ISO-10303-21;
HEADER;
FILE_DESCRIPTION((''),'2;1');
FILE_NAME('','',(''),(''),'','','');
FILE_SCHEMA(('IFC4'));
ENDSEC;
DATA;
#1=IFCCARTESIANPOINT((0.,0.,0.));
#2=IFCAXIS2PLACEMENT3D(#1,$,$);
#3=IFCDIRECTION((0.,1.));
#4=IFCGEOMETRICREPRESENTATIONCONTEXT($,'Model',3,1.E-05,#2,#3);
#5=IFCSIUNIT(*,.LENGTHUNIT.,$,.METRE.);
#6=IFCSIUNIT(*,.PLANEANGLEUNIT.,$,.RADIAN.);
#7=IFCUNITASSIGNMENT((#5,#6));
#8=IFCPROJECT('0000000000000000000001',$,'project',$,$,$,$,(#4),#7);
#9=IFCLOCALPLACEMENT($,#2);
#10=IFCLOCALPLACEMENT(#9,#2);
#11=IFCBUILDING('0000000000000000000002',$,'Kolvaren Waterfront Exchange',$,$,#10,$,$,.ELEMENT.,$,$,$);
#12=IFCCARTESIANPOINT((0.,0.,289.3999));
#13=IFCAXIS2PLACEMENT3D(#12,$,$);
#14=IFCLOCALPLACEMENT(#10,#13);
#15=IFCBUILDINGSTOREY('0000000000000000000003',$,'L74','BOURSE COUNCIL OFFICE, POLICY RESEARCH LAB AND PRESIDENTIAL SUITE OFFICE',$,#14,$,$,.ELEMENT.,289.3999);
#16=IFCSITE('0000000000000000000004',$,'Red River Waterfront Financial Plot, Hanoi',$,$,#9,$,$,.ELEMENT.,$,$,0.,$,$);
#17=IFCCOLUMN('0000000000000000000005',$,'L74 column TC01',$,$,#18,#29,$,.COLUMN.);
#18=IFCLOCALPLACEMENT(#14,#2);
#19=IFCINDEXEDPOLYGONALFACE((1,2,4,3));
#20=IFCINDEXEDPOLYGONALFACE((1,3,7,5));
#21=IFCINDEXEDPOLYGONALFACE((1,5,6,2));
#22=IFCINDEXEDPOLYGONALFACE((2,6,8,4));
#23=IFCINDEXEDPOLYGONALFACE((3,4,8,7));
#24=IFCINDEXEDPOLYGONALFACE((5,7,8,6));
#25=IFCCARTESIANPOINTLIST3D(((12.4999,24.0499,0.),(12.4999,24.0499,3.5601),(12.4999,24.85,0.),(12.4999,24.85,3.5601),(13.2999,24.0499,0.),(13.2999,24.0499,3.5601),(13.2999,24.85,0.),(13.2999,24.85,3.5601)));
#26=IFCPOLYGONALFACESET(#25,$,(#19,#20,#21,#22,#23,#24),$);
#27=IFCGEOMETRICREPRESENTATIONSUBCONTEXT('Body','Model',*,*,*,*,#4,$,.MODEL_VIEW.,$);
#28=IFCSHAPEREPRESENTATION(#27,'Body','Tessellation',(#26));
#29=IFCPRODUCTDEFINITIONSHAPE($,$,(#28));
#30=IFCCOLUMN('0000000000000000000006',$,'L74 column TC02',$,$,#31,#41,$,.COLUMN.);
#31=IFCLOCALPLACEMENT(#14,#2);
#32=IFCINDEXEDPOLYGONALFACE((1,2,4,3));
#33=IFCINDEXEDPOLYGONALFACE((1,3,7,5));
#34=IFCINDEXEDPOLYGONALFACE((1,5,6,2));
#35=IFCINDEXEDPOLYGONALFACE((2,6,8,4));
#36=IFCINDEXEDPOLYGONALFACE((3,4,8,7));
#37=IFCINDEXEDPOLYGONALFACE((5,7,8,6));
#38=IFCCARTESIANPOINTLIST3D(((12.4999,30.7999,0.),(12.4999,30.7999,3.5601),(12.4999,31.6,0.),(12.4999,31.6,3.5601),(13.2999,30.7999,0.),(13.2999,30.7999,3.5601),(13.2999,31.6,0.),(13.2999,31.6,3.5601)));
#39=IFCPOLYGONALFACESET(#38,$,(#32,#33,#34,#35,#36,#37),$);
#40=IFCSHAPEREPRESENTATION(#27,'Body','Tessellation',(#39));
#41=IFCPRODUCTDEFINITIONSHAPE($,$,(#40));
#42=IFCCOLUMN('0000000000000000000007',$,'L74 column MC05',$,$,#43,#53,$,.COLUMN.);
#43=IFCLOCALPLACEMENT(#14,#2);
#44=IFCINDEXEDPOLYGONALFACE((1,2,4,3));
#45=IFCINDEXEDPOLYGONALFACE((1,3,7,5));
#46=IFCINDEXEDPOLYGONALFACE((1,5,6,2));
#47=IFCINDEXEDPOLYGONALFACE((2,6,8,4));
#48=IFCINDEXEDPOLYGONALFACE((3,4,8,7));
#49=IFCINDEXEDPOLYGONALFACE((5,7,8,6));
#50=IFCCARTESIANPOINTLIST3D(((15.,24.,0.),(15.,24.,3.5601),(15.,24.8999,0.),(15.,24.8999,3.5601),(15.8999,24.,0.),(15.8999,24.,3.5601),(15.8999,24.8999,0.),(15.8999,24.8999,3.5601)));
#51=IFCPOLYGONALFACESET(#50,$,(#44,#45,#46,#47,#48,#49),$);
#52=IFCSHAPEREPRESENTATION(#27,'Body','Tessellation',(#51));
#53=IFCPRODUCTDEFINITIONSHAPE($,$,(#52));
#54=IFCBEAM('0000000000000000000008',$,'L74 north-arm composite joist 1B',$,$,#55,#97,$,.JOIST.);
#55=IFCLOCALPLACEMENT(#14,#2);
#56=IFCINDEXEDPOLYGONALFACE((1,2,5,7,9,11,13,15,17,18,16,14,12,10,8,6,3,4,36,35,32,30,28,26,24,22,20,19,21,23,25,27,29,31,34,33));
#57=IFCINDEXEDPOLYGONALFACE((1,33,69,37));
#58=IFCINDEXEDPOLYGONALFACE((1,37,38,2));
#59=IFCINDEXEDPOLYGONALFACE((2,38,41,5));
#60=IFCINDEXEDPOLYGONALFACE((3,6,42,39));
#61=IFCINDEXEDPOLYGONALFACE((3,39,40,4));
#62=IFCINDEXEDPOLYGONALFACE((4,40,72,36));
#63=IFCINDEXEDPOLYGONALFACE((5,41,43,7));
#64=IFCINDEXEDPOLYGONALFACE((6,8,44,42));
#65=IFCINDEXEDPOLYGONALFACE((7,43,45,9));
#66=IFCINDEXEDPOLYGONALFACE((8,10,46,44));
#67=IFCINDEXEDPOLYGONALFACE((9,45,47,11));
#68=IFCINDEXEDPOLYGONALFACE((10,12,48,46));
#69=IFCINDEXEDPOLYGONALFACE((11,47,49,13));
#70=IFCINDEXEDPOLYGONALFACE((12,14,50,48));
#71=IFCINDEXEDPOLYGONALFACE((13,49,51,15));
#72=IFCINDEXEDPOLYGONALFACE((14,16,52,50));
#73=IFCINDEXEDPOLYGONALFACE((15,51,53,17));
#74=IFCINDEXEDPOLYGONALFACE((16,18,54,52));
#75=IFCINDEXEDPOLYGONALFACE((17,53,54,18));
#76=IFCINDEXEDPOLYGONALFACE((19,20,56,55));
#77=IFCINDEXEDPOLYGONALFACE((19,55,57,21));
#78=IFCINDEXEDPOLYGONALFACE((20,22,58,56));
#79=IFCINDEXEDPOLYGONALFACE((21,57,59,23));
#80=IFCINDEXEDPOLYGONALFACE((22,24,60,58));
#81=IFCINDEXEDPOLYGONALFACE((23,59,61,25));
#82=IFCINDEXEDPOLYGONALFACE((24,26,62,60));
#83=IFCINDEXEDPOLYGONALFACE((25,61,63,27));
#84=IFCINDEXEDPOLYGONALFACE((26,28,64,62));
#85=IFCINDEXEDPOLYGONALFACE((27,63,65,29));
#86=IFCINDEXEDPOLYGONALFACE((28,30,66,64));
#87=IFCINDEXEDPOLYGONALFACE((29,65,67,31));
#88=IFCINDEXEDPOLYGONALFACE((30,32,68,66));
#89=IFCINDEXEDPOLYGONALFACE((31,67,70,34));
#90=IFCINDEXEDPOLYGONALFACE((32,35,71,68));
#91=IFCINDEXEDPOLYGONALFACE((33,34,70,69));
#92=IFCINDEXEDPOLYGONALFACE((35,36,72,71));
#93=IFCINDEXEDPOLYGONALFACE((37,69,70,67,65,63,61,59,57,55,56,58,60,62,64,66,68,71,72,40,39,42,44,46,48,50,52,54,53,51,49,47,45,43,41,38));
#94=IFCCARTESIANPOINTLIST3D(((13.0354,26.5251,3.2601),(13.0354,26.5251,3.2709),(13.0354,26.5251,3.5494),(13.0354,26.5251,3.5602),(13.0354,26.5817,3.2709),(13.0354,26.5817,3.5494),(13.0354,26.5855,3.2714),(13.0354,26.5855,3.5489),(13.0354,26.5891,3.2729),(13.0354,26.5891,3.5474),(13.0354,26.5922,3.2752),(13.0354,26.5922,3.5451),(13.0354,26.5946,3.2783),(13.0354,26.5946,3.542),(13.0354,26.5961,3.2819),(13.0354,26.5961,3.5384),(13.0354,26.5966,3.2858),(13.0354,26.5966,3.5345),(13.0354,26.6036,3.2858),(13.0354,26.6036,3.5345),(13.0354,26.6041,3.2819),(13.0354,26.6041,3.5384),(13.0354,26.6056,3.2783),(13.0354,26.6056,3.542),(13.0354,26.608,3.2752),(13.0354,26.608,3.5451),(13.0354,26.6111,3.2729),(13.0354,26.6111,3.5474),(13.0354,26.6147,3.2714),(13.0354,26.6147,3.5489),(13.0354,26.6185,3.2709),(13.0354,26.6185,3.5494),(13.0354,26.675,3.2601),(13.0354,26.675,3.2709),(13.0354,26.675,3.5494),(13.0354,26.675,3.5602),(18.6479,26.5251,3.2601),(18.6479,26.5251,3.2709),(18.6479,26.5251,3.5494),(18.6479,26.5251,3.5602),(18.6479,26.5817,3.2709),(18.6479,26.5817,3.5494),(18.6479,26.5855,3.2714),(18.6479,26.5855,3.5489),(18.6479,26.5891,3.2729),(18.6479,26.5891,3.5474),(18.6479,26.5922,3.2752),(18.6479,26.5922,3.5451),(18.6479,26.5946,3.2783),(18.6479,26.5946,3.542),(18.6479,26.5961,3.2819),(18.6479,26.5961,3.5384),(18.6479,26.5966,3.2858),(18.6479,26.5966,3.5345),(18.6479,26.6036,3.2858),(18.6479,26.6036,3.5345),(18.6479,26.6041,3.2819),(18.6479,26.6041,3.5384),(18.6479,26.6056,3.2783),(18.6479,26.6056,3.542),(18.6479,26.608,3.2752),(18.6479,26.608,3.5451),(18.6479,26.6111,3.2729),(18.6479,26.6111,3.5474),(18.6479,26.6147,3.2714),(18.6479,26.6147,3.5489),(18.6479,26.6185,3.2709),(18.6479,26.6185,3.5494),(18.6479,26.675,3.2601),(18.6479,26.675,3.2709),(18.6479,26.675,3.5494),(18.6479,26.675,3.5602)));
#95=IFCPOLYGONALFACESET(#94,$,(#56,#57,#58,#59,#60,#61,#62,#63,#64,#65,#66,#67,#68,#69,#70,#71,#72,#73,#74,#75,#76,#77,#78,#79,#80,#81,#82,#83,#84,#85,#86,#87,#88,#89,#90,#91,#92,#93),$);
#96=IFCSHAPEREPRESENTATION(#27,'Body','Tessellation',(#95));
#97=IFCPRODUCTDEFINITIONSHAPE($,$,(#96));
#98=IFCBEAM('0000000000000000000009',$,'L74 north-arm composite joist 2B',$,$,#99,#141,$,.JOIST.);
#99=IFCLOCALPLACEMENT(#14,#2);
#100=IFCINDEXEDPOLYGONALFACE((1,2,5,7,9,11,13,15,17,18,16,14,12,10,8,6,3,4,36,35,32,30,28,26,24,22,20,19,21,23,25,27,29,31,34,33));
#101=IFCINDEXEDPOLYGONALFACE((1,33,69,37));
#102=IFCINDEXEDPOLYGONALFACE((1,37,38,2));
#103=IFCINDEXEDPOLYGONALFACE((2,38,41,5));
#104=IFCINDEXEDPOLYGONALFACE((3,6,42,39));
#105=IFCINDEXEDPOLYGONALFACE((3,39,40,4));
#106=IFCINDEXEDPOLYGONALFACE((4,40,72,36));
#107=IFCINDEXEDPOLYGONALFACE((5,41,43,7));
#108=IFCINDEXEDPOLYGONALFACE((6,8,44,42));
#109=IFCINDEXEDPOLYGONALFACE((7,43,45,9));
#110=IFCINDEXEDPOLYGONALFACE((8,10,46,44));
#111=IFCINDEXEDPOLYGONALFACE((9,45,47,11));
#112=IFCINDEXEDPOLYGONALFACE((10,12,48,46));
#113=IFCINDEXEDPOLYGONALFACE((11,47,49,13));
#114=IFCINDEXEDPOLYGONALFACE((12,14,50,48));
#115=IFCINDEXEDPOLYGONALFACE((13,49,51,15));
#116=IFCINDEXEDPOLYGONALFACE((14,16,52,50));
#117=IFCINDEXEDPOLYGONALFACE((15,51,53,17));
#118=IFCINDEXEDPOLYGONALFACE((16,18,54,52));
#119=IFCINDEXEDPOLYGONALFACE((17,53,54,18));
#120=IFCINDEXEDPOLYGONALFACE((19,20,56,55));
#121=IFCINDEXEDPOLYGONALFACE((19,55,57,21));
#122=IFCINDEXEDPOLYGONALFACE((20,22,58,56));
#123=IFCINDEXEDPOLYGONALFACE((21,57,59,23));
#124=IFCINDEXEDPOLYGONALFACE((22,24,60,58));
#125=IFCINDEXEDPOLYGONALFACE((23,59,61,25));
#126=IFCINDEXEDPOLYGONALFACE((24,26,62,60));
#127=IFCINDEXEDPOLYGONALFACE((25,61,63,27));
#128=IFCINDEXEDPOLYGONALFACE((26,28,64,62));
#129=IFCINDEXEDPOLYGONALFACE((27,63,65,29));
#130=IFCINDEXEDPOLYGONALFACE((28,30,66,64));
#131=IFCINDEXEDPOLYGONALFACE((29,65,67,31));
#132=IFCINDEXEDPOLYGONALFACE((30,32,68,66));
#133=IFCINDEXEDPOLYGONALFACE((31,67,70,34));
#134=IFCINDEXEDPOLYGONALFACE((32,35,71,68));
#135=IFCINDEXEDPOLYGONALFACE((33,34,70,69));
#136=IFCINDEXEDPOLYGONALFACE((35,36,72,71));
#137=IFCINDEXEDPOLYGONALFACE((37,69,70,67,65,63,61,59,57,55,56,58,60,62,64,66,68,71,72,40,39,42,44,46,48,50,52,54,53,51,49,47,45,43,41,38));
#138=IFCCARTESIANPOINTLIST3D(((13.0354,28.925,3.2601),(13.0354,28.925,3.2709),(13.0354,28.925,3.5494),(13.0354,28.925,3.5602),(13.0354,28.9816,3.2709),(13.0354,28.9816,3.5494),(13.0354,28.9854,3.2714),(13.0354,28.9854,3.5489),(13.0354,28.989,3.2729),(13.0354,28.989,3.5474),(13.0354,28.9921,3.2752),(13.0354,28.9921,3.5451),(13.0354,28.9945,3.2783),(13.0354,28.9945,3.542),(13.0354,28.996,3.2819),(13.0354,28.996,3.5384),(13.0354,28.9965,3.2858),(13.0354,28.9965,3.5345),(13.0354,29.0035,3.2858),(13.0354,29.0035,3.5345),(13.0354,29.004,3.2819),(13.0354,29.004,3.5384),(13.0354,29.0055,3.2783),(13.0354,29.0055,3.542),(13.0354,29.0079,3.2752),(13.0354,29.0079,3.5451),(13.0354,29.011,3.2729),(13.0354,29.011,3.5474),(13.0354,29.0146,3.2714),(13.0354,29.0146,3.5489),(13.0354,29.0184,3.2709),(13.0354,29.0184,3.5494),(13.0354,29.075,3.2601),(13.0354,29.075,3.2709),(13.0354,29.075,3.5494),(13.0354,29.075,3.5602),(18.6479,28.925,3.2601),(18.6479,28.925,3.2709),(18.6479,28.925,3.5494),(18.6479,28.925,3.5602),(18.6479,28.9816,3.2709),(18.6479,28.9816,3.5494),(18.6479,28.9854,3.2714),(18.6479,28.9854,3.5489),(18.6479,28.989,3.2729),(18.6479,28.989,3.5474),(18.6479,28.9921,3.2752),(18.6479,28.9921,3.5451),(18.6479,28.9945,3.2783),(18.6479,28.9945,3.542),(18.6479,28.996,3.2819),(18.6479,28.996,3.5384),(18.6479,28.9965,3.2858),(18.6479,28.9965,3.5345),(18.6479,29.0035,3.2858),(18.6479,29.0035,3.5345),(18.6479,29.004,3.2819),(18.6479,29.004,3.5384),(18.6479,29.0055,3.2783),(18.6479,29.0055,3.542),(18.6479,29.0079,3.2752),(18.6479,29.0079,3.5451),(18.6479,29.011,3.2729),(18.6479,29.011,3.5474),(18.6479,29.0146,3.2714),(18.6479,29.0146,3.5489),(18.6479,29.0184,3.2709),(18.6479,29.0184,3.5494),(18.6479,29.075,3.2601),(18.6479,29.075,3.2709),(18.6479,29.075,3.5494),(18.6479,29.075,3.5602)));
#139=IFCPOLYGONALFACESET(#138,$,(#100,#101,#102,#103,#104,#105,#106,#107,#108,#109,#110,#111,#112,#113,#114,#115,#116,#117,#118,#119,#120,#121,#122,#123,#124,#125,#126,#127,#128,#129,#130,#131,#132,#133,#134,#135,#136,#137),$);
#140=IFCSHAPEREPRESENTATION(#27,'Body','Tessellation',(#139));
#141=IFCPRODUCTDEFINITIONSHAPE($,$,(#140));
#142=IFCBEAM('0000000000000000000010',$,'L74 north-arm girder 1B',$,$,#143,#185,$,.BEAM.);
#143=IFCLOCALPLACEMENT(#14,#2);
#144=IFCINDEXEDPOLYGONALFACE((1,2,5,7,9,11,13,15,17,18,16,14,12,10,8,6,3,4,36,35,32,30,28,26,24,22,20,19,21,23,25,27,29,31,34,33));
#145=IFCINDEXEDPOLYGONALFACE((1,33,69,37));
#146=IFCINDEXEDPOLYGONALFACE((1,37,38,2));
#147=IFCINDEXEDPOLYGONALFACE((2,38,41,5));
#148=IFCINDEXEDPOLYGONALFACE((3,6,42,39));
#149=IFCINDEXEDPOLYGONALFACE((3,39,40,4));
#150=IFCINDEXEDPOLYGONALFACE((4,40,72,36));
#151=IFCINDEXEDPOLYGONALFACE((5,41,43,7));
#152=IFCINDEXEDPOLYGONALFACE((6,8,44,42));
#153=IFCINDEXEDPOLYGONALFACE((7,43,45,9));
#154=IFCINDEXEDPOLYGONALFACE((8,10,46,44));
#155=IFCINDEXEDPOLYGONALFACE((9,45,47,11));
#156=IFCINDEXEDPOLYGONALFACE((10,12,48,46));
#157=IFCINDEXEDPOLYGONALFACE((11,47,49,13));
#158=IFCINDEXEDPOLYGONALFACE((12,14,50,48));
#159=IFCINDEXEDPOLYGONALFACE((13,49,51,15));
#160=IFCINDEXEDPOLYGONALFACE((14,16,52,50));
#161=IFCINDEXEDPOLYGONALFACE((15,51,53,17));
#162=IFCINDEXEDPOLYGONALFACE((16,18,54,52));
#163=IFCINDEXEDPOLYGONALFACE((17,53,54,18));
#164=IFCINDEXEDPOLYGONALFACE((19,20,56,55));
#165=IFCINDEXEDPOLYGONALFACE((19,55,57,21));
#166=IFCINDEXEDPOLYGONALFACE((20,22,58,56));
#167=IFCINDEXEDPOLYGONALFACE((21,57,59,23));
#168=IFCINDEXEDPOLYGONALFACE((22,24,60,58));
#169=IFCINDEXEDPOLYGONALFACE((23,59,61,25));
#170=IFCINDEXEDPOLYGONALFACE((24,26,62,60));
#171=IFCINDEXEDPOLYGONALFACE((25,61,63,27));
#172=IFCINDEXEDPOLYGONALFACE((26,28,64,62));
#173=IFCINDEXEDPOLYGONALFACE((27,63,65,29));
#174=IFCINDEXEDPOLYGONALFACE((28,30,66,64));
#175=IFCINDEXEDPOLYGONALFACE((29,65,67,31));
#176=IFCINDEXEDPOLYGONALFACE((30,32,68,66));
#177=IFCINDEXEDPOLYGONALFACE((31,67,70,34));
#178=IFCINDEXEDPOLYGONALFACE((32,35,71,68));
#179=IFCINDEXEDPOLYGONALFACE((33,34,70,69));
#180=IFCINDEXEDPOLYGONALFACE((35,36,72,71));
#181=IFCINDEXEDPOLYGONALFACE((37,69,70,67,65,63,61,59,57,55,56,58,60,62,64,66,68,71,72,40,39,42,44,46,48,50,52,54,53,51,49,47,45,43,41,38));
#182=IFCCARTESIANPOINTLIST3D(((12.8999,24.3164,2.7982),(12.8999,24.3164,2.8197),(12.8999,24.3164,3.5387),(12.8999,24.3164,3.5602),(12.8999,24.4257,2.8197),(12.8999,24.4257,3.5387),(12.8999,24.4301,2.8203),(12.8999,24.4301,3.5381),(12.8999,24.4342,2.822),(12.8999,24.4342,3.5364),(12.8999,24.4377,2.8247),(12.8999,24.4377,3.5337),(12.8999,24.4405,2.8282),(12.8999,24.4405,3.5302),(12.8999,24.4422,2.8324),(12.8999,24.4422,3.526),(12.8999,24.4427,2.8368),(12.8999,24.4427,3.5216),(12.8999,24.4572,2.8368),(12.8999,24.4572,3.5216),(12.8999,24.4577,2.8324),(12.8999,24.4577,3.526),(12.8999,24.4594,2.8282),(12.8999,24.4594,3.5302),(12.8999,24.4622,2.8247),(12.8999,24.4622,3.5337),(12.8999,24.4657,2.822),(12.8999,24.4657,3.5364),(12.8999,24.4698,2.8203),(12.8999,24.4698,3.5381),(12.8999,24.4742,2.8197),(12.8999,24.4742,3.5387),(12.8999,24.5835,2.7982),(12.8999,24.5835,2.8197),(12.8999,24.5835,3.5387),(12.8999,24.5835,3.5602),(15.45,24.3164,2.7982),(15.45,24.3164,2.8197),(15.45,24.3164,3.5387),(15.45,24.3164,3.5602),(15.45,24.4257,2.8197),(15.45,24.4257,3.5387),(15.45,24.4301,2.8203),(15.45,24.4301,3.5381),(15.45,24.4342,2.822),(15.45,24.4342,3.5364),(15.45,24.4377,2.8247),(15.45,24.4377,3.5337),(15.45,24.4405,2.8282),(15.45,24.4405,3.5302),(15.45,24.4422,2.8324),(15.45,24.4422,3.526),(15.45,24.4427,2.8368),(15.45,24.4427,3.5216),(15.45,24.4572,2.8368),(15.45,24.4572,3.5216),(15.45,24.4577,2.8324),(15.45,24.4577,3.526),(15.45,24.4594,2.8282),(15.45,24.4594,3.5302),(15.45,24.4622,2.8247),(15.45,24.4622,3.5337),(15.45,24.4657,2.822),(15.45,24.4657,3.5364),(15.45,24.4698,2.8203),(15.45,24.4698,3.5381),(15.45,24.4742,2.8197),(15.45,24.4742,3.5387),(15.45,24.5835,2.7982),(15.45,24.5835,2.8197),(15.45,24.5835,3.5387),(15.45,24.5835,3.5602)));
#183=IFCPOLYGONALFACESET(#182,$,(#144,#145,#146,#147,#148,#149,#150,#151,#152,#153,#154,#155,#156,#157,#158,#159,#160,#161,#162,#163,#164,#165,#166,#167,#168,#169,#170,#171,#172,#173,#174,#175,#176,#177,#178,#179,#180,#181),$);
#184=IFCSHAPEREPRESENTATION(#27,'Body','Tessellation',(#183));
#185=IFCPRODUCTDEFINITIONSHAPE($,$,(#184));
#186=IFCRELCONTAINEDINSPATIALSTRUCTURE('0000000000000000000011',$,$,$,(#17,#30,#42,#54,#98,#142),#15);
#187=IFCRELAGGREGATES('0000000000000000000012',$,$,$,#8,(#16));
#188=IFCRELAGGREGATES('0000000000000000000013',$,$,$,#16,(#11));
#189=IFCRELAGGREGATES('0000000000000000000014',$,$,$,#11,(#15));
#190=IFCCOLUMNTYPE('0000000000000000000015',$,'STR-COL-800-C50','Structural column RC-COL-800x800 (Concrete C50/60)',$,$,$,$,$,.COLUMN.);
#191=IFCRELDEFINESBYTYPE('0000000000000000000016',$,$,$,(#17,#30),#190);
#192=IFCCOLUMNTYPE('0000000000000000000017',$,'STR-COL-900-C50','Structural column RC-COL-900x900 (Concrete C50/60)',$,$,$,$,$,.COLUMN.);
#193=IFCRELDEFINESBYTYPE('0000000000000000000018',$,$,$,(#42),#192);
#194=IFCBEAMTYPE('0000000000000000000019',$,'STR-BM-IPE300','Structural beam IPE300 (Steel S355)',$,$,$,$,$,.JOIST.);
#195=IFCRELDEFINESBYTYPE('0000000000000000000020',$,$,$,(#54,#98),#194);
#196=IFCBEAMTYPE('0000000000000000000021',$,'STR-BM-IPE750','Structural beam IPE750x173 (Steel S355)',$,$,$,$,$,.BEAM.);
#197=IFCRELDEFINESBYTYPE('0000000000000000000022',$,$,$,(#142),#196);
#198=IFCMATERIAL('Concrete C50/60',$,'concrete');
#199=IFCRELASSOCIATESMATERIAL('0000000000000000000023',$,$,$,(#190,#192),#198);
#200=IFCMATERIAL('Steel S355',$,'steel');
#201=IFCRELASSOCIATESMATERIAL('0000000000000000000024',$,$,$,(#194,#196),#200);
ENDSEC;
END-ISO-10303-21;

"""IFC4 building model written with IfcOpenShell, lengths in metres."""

from ifc_helpers import new_model, si_unit, direction, frame, origin, origin_2d, place, context, subcontext, project, spatial, rectangle, i_section, extrude, material, material_profile, profile_set, type_object, element, save


model = new_model("IFC4")

# Units and contexts
model_context = context("Model", 3, precision=1e-05, world=origin(), true_north=direction((0.0, 1.0)))
body_context = subcontext(model_context, "Body", "Model", "MODEL_VIEW")
ifc_project = project(units=[si_unit("LENGTHUNIT", "METRE"), si_unit("PLANEANGLEUNIT", "RADIAN")], contexts=[model_context])

# Site, building, storey
site_placement = place(None, origin())
site = spatial("IfcSite", under=ifc_project, at=site_placement, Name="Red River Waterfront Financial Plot, Hanoi", CompositionType="ELEMENT", RefElevation=0.0)
building_placement = place(site_placement, origin())
building = spatial("IfcBuilding", under=site, at=building_placement, Name="Kolvaren Waterfront Exchange", CompositionType="ELEMENT")
storey_placement = place(building_placement, frame((0.0, 0.0, 289.3999)))
storey = spatial("IfcBuildingStorey", under=building, at=storey_placement, Name="L74", Description="BOURSE COUNCIL OFFICE, POLICY RESEARCH LAB AND PRESIDENTIAL SUITE OFFICE", CompositionType="ELEMENT", Elevation=289.3999)

# Columns
ifc_material_1 = material(Name="Concrete C50/60", Category="concrete")
ifc_material_profile_1 = material_profile(ifc_material_1, rectangle(XDim=0.8, YDim=0.8, at=origin_2d()), Name="RC-COL-800x800")
ifc_profile_set_1 = profile_set([ifc_material_profile_1], Name="Concrete C50/60")
column_type_1 = type_object("IfcColumnType", Name="STR-COL-800-C50", Description="Structural column RC-COL-800x800 (Concrete C50/60)", PredefinedType="COLUMN", material=ifc_profile_set_1)
for number, where, z_axis, x_axis, name in (
    (1, (12.8999, 24.45, 0.0), (0.0, 0.0, 1.0), (1.0, 0.0, 0.0), "L74 column TC01"),
    (2, (12.8999, 31.2, 0.0), (0.0, 0.0, 1.0), (1.0, 0.0, 0.0), "L74 column TC02"),
):
    element("IfcColumn", number, at=place(storey_placement, frame(where, z_axis=z_axis, x_axis=x_axis)), inside=storey, type_object=column_type_1, Name=name, PredefinedType="COLUMN", context=body_context, shape_type="SweptSolid", body=[
        extrude(rectangle(XDim=0.8, YDim=0.8, at=origin_2d()), origin(), (0.0, 0.0, 1.0), 3.5601),
    ])
ifc_material_profile_2 = material_profile(ifc_material_1, rectangle(XDim=0.8999, YDim=0.8999, at=origin_2d()), Name="RC-COL-900x900")
ifc_profile_set_2 = profile_set([ifc_material_profile_2], Name="Concrete C50/60")
column_type_2 = type_object("IfcColumnType", Name="STR-COL-900-C50", Description="Structural column RC-COL-900x900 (Concrete C50/60)", PredefinedType="COLUMN", material=ifc_profile_set_2)
column_placement = place(storey_placement, frame((15.45, 24.45, 0.0), z_axis=(0.0, 0.0, 1.0), x_axis=(1.0, 0.0, 0.0)))
element("IfcColumn", 3, at=column_placement, inside=storey, type_object=column_type_2, Name="L74 column MC05", PredefinedType="COLUMN", context=body_context, shape_type="SweptSolid", body=[
    extrude(rectangle(XDim=0.8999, YDim=0.8999, at=origin_2d()), origin(), (0.0, 0.0, 1.0), 3.5601),
])

# Beams
ifc_material_2 = material(Name="Steel S355", Category="steel")
ifc_material_profile_3 = material_profile(ifc_material_2, i_section(OverallWidth=0.1499, OverallDepth=0.3, WebThickness=0.0071, FlangeThickness=0.0107, FilletRadius=0.0149, at=origin_2d()), Name="IPE300")
ifc_profile_set_3 = profile_set([ifc_material_profile_3], Name="Steel S355")
beam_type_1 = type_object("IfcBeamType", Name="STR-BM-IPE300", Description="Structural beam IPE300 (Steel S355)", PredefinedType="JOIST", material=ifc_profile_set_3)
for number, where, z_axis, x_axis, name in (
    (4, (13.0354, 26.6001, 3.4102), (1.0, 0.0, 0.0), (0.0, 1.0, 0.0), "L74 north-arm composite joist 1B"),
    (5, (13.0354, 29.0, 3.4102), (1.0, 0.0, 0.0), (0.0, 1.0, 0.0), "L74 north-arm composite joist 2B"),
):
    element("IfcBeam", number, at=place(storey_placement, frame(where, z_axis=z_axis, x_axis=x_axis)), inside=storey, type_object=beam_type_1, Name=name, PredefinedType="JOIST", context=body_context, shape_type="SweptSolid", body=[
        extrude(i_section(OverallWidth=0.1499, OverallDepth=0.3, WebThickness=0.0071, FlangeThickness=0.0107, FilletRadius=0.0149, at=origin_2d()), origin(), (0.0, 0.0, 1.0), 5.6125),
    ])
ifc_material_profile_4 = material_profile(ifc_material_2, i_section(OverallWidth=0.2671, OverallDepth=0.762, WebThickness=0.0144, FlangeThickness=0.0215, FilletRadius=0.0171, at=origin_2d()), Name="IPE750x173")
ifc_profile_set_4 = profile_set([ifc_material_profile_4], Name="Steel S355")
beam_type_2 = type_object("IfcBeamType", Name="STR-BM-IPE750", Description="Structural beam IPE750x173 (Steel S355)", PredefinedType="BEAM", material=ifc_profile_set_4)
beam_1_placement = place(storey_placement, frame((12.8999, 24.45, 3.1792), z_axis=(1.0, 0.0, 0.0), x_axis=(0.0, 1.0, 0.0)))
element("IfcBeam", 6, at=beam_1_placement, inside=storey, type_object=beam_type_2, Name="L74 north-arm girder 1B", PredefinedType="BEAM", context=body_context, shape_type="SweptSolid", body=[
    extrude(i_section(OverallWidth=0.2671, OverallDepth=0.762, WebThickness=0.0144, FlangeThickness=0.0215, FilletRadius=0.0171, at=origin_2d()), origin(), (0.0, 0.0, 1.0), 2.55),
])

save(model, "model.ifc")
